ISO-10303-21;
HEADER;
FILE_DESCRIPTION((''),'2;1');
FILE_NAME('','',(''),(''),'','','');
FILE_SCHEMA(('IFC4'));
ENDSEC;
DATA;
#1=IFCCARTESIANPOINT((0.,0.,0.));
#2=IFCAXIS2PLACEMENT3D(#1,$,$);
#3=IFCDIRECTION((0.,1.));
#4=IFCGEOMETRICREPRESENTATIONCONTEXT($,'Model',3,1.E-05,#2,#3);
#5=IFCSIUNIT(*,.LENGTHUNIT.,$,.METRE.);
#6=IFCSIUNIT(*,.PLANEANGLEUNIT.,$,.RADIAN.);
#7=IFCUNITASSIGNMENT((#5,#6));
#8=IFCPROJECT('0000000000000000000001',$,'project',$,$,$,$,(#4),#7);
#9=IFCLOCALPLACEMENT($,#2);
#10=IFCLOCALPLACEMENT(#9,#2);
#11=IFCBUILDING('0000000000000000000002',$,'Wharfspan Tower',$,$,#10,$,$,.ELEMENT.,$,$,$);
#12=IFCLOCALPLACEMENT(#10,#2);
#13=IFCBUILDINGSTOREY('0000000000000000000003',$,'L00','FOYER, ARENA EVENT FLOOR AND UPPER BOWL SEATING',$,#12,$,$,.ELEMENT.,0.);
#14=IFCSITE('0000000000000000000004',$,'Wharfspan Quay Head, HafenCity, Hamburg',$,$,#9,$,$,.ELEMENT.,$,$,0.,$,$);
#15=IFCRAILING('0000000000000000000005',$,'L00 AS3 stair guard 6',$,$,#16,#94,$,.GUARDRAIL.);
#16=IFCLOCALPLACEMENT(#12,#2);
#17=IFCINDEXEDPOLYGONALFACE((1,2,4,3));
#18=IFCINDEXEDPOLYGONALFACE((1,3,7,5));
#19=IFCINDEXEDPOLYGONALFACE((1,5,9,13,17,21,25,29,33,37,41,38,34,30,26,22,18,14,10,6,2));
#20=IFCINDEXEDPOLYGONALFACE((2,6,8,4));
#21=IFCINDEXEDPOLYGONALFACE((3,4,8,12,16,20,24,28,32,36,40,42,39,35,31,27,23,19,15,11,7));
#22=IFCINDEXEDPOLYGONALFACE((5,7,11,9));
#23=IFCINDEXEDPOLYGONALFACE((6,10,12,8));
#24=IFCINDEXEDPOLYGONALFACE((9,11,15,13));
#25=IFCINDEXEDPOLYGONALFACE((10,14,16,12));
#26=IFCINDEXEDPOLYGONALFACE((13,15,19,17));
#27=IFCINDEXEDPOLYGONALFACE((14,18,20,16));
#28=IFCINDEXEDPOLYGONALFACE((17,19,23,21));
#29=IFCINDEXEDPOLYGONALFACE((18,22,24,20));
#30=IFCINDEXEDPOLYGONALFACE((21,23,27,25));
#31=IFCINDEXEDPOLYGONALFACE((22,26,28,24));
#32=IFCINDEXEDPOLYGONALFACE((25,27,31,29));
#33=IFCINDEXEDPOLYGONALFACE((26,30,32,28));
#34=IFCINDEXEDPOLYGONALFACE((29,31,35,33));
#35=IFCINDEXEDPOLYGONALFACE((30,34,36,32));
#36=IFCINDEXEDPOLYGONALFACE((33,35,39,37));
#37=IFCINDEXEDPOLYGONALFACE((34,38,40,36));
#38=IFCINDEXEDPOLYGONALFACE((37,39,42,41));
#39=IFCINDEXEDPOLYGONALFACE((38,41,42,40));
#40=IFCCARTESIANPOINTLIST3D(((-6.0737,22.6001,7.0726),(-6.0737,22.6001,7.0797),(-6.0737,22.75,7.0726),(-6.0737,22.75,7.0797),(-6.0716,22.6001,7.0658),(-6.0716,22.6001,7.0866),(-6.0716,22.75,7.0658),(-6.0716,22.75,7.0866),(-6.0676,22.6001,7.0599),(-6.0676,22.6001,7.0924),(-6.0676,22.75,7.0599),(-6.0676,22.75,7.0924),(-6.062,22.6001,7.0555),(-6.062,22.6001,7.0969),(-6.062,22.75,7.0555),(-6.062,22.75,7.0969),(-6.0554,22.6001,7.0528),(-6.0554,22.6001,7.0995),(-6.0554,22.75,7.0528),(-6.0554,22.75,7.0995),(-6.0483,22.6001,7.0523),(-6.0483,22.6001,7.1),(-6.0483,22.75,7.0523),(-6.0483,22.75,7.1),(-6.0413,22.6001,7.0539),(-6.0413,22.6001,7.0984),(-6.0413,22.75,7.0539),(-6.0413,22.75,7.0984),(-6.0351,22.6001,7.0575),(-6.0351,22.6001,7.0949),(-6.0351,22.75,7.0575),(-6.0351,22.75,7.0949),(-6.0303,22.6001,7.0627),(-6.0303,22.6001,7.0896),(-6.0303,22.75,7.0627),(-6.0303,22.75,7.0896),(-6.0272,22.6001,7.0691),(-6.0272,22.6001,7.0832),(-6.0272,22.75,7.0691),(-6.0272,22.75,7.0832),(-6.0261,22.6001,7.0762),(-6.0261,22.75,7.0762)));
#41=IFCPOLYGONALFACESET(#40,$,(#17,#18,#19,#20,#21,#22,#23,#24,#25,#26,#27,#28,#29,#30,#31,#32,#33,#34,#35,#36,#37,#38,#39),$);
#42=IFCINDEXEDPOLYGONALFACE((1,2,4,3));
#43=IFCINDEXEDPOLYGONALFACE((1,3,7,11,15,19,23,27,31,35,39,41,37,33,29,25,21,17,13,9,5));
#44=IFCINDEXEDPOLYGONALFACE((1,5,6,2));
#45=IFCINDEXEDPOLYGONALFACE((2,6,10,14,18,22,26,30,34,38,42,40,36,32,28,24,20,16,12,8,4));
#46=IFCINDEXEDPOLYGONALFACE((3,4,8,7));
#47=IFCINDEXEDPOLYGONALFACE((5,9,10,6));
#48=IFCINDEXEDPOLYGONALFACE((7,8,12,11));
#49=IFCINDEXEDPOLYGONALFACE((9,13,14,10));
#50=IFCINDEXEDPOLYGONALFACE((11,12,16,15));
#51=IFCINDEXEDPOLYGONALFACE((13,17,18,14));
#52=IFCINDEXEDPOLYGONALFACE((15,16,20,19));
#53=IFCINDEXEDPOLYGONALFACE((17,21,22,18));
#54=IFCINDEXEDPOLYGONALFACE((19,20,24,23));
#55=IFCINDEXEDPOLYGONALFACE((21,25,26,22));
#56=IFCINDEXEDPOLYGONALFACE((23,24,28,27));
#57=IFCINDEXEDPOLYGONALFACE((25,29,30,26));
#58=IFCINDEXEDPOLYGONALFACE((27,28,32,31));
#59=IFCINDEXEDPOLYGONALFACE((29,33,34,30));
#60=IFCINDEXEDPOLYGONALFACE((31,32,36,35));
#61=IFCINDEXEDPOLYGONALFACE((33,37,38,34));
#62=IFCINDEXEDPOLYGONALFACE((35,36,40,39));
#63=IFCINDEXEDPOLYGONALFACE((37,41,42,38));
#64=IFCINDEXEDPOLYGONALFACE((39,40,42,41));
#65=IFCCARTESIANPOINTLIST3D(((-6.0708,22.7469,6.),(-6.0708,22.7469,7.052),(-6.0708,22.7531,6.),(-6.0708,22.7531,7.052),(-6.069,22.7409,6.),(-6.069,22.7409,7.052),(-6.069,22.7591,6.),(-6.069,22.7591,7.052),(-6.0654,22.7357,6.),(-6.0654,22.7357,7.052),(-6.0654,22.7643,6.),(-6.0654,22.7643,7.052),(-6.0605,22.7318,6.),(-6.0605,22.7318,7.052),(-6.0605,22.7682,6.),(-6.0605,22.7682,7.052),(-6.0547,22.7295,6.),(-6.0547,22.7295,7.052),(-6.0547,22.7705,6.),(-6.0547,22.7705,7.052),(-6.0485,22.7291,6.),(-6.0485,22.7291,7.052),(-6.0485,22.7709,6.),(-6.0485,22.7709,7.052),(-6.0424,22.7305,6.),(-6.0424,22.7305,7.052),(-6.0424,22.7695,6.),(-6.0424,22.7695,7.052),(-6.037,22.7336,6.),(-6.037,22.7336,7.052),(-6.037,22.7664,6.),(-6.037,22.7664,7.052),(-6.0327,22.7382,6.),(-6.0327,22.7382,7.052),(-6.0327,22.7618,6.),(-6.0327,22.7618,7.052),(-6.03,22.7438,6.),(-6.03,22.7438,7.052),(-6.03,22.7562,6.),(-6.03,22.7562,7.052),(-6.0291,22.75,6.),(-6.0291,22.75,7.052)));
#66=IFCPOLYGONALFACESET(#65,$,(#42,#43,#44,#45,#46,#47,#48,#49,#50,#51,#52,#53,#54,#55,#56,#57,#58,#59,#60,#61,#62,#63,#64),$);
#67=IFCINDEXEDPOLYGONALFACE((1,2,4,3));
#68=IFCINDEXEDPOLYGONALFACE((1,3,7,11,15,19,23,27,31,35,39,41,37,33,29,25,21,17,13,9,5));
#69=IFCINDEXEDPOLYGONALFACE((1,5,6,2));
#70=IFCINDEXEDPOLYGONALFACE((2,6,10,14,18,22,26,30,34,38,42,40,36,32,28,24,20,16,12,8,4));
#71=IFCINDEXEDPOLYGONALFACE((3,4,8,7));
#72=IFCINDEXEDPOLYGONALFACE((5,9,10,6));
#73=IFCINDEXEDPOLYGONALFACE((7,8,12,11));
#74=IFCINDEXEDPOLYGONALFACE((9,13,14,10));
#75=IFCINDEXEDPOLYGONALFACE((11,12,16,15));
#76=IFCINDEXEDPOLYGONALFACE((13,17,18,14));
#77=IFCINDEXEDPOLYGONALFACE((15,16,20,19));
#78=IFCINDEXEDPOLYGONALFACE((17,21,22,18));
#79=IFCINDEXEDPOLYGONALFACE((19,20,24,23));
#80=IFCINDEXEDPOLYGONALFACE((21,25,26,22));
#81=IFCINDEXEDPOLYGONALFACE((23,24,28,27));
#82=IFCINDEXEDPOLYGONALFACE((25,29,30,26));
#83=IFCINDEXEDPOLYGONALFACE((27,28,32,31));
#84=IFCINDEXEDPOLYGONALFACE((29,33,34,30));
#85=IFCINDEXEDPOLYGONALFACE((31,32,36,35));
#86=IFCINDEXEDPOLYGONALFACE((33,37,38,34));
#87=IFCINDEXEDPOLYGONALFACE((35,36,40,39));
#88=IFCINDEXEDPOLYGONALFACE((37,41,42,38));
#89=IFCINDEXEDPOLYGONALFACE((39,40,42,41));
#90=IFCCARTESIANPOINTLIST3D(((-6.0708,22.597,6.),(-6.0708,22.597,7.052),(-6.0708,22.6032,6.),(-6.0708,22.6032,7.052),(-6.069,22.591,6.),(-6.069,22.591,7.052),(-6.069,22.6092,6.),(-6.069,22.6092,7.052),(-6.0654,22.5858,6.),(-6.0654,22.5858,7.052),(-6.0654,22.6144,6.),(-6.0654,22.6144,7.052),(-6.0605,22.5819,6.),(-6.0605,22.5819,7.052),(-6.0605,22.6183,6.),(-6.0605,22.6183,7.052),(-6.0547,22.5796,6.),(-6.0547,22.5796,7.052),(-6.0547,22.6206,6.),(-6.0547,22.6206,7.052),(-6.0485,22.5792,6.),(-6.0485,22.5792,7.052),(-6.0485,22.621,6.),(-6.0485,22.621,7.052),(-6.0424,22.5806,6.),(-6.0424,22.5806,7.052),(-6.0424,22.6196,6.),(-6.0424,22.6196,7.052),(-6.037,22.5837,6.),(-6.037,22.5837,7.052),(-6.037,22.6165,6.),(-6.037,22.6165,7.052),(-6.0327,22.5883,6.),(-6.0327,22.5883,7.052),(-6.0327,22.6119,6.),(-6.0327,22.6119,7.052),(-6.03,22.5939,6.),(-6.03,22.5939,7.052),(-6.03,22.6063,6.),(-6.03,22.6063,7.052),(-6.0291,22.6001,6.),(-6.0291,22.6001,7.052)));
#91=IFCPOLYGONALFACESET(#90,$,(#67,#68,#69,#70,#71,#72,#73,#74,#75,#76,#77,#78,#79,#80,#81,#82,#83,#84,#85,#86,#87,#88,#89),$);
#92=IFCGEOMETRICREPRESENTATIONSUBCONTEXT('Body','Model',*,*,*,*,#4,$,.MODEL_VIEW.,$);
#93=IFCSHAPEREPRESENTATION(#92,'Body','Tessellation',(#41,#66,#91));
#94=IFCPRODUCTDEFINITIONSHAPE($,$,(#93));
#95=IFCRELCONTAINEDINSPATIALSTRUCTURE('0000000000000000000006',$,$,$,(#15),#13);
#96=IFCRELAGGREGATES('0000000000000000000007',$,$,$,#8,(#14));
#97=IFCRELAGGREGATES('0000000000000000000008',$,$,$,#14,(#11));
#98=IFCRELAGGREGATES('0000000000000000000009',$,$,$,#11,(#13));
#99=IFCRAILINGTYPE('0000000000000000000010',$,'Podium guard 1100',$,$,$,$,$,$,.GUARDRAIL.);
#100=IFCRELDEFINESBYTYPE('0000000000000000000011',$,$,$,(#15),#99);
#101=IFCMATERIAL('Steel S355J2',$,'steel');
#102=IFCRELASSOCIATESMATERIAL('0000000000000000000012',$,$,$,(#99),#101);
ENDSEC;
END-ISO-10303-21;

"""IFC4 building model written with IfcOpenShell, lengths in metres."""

from ifc_helpers import new_model, si_unit, direction, frame, origin, origin_2d, place, context, subcontext, project, spatial, circle, extrude, material, type_object, element, save


model = new_model("IFC4")

# Units and contexts
model_context = context("Model", 3, precision=1e-05, world=origin(), true_north=direction((0.0, 1.0)))
body_context = subcontext(model_context, "Body", "Model", "MODEL_VIEW")
ifc_project = project(units=[si_unit("LENGTHUNIT", "METRE"), si_unit("PLANEANGLEUNIT", "RADIAN")], contexts=[model_context])

# Site, building, storey
site_placement = place(None, origin())
site = spatial("IfcSite", under=ifc_project, at=site_placement, Name="Wharfspan Quay Head, HafenCity, Hamburg", CompositionType="ELEMENT", RefElevation=0.0)
building_placement = place(site_placement, origin())
building = spatial("IfcBuilding", under=site, at=building_placement, Name="Wharfspan Tower", CompositionType="ELEMENT")
storey_placement = place(building_placement, origin())
storey = spatial("IfcBuildingStorey", under=building, at=storey_placement, Name="L00", Description="FOYER, ARENA EVENT FLOOR AND UPPER BOWL SEATING", CompositionType="ELEMENT", Elevation=0.0)

# Shared definitions
ifc_material_1 = material(Name="Steel S355J2", Category="steel")

# Railing
railing_type_1 = type_object("IfcRailingType", Name="Podium guard 1100", PredefinedType="GUARDRAIL", material=ifc_material_1)
railing_1_placement = place(storey_placement, frame((-6.05, 22.75, 6.0)))
element("IfcRailing", 1, at=railing_1_placement, inside=storey, type_object=railing_type_1, Name="L00 AS3 stair guard 6", PredefinedType="GUARDRAIL", context=body_context, shape_type="SweptSolid", body=[
    extrude(circle(Radius=0.0239, at=origin_2d()), frame((0.0, 0.0, 1.0762), z_axis=(0.0, -1.0, 0.0), x_axis=(1.0, 0.0, 0.0)), (0.0, 0.0, 1.0), 0.1499),
    extrude(circle(Radius=0.021, at=origin_2d()), origin(), (0.0, 0.0, 1.0), 1.052),
    extrude(circle(Radius=0.021, at=origin_2d()), frame((0.0, -0.1499, 0.0)), (0.0, 0.0, 1.0), 1.052),
])

save(model, "model.ifc")
